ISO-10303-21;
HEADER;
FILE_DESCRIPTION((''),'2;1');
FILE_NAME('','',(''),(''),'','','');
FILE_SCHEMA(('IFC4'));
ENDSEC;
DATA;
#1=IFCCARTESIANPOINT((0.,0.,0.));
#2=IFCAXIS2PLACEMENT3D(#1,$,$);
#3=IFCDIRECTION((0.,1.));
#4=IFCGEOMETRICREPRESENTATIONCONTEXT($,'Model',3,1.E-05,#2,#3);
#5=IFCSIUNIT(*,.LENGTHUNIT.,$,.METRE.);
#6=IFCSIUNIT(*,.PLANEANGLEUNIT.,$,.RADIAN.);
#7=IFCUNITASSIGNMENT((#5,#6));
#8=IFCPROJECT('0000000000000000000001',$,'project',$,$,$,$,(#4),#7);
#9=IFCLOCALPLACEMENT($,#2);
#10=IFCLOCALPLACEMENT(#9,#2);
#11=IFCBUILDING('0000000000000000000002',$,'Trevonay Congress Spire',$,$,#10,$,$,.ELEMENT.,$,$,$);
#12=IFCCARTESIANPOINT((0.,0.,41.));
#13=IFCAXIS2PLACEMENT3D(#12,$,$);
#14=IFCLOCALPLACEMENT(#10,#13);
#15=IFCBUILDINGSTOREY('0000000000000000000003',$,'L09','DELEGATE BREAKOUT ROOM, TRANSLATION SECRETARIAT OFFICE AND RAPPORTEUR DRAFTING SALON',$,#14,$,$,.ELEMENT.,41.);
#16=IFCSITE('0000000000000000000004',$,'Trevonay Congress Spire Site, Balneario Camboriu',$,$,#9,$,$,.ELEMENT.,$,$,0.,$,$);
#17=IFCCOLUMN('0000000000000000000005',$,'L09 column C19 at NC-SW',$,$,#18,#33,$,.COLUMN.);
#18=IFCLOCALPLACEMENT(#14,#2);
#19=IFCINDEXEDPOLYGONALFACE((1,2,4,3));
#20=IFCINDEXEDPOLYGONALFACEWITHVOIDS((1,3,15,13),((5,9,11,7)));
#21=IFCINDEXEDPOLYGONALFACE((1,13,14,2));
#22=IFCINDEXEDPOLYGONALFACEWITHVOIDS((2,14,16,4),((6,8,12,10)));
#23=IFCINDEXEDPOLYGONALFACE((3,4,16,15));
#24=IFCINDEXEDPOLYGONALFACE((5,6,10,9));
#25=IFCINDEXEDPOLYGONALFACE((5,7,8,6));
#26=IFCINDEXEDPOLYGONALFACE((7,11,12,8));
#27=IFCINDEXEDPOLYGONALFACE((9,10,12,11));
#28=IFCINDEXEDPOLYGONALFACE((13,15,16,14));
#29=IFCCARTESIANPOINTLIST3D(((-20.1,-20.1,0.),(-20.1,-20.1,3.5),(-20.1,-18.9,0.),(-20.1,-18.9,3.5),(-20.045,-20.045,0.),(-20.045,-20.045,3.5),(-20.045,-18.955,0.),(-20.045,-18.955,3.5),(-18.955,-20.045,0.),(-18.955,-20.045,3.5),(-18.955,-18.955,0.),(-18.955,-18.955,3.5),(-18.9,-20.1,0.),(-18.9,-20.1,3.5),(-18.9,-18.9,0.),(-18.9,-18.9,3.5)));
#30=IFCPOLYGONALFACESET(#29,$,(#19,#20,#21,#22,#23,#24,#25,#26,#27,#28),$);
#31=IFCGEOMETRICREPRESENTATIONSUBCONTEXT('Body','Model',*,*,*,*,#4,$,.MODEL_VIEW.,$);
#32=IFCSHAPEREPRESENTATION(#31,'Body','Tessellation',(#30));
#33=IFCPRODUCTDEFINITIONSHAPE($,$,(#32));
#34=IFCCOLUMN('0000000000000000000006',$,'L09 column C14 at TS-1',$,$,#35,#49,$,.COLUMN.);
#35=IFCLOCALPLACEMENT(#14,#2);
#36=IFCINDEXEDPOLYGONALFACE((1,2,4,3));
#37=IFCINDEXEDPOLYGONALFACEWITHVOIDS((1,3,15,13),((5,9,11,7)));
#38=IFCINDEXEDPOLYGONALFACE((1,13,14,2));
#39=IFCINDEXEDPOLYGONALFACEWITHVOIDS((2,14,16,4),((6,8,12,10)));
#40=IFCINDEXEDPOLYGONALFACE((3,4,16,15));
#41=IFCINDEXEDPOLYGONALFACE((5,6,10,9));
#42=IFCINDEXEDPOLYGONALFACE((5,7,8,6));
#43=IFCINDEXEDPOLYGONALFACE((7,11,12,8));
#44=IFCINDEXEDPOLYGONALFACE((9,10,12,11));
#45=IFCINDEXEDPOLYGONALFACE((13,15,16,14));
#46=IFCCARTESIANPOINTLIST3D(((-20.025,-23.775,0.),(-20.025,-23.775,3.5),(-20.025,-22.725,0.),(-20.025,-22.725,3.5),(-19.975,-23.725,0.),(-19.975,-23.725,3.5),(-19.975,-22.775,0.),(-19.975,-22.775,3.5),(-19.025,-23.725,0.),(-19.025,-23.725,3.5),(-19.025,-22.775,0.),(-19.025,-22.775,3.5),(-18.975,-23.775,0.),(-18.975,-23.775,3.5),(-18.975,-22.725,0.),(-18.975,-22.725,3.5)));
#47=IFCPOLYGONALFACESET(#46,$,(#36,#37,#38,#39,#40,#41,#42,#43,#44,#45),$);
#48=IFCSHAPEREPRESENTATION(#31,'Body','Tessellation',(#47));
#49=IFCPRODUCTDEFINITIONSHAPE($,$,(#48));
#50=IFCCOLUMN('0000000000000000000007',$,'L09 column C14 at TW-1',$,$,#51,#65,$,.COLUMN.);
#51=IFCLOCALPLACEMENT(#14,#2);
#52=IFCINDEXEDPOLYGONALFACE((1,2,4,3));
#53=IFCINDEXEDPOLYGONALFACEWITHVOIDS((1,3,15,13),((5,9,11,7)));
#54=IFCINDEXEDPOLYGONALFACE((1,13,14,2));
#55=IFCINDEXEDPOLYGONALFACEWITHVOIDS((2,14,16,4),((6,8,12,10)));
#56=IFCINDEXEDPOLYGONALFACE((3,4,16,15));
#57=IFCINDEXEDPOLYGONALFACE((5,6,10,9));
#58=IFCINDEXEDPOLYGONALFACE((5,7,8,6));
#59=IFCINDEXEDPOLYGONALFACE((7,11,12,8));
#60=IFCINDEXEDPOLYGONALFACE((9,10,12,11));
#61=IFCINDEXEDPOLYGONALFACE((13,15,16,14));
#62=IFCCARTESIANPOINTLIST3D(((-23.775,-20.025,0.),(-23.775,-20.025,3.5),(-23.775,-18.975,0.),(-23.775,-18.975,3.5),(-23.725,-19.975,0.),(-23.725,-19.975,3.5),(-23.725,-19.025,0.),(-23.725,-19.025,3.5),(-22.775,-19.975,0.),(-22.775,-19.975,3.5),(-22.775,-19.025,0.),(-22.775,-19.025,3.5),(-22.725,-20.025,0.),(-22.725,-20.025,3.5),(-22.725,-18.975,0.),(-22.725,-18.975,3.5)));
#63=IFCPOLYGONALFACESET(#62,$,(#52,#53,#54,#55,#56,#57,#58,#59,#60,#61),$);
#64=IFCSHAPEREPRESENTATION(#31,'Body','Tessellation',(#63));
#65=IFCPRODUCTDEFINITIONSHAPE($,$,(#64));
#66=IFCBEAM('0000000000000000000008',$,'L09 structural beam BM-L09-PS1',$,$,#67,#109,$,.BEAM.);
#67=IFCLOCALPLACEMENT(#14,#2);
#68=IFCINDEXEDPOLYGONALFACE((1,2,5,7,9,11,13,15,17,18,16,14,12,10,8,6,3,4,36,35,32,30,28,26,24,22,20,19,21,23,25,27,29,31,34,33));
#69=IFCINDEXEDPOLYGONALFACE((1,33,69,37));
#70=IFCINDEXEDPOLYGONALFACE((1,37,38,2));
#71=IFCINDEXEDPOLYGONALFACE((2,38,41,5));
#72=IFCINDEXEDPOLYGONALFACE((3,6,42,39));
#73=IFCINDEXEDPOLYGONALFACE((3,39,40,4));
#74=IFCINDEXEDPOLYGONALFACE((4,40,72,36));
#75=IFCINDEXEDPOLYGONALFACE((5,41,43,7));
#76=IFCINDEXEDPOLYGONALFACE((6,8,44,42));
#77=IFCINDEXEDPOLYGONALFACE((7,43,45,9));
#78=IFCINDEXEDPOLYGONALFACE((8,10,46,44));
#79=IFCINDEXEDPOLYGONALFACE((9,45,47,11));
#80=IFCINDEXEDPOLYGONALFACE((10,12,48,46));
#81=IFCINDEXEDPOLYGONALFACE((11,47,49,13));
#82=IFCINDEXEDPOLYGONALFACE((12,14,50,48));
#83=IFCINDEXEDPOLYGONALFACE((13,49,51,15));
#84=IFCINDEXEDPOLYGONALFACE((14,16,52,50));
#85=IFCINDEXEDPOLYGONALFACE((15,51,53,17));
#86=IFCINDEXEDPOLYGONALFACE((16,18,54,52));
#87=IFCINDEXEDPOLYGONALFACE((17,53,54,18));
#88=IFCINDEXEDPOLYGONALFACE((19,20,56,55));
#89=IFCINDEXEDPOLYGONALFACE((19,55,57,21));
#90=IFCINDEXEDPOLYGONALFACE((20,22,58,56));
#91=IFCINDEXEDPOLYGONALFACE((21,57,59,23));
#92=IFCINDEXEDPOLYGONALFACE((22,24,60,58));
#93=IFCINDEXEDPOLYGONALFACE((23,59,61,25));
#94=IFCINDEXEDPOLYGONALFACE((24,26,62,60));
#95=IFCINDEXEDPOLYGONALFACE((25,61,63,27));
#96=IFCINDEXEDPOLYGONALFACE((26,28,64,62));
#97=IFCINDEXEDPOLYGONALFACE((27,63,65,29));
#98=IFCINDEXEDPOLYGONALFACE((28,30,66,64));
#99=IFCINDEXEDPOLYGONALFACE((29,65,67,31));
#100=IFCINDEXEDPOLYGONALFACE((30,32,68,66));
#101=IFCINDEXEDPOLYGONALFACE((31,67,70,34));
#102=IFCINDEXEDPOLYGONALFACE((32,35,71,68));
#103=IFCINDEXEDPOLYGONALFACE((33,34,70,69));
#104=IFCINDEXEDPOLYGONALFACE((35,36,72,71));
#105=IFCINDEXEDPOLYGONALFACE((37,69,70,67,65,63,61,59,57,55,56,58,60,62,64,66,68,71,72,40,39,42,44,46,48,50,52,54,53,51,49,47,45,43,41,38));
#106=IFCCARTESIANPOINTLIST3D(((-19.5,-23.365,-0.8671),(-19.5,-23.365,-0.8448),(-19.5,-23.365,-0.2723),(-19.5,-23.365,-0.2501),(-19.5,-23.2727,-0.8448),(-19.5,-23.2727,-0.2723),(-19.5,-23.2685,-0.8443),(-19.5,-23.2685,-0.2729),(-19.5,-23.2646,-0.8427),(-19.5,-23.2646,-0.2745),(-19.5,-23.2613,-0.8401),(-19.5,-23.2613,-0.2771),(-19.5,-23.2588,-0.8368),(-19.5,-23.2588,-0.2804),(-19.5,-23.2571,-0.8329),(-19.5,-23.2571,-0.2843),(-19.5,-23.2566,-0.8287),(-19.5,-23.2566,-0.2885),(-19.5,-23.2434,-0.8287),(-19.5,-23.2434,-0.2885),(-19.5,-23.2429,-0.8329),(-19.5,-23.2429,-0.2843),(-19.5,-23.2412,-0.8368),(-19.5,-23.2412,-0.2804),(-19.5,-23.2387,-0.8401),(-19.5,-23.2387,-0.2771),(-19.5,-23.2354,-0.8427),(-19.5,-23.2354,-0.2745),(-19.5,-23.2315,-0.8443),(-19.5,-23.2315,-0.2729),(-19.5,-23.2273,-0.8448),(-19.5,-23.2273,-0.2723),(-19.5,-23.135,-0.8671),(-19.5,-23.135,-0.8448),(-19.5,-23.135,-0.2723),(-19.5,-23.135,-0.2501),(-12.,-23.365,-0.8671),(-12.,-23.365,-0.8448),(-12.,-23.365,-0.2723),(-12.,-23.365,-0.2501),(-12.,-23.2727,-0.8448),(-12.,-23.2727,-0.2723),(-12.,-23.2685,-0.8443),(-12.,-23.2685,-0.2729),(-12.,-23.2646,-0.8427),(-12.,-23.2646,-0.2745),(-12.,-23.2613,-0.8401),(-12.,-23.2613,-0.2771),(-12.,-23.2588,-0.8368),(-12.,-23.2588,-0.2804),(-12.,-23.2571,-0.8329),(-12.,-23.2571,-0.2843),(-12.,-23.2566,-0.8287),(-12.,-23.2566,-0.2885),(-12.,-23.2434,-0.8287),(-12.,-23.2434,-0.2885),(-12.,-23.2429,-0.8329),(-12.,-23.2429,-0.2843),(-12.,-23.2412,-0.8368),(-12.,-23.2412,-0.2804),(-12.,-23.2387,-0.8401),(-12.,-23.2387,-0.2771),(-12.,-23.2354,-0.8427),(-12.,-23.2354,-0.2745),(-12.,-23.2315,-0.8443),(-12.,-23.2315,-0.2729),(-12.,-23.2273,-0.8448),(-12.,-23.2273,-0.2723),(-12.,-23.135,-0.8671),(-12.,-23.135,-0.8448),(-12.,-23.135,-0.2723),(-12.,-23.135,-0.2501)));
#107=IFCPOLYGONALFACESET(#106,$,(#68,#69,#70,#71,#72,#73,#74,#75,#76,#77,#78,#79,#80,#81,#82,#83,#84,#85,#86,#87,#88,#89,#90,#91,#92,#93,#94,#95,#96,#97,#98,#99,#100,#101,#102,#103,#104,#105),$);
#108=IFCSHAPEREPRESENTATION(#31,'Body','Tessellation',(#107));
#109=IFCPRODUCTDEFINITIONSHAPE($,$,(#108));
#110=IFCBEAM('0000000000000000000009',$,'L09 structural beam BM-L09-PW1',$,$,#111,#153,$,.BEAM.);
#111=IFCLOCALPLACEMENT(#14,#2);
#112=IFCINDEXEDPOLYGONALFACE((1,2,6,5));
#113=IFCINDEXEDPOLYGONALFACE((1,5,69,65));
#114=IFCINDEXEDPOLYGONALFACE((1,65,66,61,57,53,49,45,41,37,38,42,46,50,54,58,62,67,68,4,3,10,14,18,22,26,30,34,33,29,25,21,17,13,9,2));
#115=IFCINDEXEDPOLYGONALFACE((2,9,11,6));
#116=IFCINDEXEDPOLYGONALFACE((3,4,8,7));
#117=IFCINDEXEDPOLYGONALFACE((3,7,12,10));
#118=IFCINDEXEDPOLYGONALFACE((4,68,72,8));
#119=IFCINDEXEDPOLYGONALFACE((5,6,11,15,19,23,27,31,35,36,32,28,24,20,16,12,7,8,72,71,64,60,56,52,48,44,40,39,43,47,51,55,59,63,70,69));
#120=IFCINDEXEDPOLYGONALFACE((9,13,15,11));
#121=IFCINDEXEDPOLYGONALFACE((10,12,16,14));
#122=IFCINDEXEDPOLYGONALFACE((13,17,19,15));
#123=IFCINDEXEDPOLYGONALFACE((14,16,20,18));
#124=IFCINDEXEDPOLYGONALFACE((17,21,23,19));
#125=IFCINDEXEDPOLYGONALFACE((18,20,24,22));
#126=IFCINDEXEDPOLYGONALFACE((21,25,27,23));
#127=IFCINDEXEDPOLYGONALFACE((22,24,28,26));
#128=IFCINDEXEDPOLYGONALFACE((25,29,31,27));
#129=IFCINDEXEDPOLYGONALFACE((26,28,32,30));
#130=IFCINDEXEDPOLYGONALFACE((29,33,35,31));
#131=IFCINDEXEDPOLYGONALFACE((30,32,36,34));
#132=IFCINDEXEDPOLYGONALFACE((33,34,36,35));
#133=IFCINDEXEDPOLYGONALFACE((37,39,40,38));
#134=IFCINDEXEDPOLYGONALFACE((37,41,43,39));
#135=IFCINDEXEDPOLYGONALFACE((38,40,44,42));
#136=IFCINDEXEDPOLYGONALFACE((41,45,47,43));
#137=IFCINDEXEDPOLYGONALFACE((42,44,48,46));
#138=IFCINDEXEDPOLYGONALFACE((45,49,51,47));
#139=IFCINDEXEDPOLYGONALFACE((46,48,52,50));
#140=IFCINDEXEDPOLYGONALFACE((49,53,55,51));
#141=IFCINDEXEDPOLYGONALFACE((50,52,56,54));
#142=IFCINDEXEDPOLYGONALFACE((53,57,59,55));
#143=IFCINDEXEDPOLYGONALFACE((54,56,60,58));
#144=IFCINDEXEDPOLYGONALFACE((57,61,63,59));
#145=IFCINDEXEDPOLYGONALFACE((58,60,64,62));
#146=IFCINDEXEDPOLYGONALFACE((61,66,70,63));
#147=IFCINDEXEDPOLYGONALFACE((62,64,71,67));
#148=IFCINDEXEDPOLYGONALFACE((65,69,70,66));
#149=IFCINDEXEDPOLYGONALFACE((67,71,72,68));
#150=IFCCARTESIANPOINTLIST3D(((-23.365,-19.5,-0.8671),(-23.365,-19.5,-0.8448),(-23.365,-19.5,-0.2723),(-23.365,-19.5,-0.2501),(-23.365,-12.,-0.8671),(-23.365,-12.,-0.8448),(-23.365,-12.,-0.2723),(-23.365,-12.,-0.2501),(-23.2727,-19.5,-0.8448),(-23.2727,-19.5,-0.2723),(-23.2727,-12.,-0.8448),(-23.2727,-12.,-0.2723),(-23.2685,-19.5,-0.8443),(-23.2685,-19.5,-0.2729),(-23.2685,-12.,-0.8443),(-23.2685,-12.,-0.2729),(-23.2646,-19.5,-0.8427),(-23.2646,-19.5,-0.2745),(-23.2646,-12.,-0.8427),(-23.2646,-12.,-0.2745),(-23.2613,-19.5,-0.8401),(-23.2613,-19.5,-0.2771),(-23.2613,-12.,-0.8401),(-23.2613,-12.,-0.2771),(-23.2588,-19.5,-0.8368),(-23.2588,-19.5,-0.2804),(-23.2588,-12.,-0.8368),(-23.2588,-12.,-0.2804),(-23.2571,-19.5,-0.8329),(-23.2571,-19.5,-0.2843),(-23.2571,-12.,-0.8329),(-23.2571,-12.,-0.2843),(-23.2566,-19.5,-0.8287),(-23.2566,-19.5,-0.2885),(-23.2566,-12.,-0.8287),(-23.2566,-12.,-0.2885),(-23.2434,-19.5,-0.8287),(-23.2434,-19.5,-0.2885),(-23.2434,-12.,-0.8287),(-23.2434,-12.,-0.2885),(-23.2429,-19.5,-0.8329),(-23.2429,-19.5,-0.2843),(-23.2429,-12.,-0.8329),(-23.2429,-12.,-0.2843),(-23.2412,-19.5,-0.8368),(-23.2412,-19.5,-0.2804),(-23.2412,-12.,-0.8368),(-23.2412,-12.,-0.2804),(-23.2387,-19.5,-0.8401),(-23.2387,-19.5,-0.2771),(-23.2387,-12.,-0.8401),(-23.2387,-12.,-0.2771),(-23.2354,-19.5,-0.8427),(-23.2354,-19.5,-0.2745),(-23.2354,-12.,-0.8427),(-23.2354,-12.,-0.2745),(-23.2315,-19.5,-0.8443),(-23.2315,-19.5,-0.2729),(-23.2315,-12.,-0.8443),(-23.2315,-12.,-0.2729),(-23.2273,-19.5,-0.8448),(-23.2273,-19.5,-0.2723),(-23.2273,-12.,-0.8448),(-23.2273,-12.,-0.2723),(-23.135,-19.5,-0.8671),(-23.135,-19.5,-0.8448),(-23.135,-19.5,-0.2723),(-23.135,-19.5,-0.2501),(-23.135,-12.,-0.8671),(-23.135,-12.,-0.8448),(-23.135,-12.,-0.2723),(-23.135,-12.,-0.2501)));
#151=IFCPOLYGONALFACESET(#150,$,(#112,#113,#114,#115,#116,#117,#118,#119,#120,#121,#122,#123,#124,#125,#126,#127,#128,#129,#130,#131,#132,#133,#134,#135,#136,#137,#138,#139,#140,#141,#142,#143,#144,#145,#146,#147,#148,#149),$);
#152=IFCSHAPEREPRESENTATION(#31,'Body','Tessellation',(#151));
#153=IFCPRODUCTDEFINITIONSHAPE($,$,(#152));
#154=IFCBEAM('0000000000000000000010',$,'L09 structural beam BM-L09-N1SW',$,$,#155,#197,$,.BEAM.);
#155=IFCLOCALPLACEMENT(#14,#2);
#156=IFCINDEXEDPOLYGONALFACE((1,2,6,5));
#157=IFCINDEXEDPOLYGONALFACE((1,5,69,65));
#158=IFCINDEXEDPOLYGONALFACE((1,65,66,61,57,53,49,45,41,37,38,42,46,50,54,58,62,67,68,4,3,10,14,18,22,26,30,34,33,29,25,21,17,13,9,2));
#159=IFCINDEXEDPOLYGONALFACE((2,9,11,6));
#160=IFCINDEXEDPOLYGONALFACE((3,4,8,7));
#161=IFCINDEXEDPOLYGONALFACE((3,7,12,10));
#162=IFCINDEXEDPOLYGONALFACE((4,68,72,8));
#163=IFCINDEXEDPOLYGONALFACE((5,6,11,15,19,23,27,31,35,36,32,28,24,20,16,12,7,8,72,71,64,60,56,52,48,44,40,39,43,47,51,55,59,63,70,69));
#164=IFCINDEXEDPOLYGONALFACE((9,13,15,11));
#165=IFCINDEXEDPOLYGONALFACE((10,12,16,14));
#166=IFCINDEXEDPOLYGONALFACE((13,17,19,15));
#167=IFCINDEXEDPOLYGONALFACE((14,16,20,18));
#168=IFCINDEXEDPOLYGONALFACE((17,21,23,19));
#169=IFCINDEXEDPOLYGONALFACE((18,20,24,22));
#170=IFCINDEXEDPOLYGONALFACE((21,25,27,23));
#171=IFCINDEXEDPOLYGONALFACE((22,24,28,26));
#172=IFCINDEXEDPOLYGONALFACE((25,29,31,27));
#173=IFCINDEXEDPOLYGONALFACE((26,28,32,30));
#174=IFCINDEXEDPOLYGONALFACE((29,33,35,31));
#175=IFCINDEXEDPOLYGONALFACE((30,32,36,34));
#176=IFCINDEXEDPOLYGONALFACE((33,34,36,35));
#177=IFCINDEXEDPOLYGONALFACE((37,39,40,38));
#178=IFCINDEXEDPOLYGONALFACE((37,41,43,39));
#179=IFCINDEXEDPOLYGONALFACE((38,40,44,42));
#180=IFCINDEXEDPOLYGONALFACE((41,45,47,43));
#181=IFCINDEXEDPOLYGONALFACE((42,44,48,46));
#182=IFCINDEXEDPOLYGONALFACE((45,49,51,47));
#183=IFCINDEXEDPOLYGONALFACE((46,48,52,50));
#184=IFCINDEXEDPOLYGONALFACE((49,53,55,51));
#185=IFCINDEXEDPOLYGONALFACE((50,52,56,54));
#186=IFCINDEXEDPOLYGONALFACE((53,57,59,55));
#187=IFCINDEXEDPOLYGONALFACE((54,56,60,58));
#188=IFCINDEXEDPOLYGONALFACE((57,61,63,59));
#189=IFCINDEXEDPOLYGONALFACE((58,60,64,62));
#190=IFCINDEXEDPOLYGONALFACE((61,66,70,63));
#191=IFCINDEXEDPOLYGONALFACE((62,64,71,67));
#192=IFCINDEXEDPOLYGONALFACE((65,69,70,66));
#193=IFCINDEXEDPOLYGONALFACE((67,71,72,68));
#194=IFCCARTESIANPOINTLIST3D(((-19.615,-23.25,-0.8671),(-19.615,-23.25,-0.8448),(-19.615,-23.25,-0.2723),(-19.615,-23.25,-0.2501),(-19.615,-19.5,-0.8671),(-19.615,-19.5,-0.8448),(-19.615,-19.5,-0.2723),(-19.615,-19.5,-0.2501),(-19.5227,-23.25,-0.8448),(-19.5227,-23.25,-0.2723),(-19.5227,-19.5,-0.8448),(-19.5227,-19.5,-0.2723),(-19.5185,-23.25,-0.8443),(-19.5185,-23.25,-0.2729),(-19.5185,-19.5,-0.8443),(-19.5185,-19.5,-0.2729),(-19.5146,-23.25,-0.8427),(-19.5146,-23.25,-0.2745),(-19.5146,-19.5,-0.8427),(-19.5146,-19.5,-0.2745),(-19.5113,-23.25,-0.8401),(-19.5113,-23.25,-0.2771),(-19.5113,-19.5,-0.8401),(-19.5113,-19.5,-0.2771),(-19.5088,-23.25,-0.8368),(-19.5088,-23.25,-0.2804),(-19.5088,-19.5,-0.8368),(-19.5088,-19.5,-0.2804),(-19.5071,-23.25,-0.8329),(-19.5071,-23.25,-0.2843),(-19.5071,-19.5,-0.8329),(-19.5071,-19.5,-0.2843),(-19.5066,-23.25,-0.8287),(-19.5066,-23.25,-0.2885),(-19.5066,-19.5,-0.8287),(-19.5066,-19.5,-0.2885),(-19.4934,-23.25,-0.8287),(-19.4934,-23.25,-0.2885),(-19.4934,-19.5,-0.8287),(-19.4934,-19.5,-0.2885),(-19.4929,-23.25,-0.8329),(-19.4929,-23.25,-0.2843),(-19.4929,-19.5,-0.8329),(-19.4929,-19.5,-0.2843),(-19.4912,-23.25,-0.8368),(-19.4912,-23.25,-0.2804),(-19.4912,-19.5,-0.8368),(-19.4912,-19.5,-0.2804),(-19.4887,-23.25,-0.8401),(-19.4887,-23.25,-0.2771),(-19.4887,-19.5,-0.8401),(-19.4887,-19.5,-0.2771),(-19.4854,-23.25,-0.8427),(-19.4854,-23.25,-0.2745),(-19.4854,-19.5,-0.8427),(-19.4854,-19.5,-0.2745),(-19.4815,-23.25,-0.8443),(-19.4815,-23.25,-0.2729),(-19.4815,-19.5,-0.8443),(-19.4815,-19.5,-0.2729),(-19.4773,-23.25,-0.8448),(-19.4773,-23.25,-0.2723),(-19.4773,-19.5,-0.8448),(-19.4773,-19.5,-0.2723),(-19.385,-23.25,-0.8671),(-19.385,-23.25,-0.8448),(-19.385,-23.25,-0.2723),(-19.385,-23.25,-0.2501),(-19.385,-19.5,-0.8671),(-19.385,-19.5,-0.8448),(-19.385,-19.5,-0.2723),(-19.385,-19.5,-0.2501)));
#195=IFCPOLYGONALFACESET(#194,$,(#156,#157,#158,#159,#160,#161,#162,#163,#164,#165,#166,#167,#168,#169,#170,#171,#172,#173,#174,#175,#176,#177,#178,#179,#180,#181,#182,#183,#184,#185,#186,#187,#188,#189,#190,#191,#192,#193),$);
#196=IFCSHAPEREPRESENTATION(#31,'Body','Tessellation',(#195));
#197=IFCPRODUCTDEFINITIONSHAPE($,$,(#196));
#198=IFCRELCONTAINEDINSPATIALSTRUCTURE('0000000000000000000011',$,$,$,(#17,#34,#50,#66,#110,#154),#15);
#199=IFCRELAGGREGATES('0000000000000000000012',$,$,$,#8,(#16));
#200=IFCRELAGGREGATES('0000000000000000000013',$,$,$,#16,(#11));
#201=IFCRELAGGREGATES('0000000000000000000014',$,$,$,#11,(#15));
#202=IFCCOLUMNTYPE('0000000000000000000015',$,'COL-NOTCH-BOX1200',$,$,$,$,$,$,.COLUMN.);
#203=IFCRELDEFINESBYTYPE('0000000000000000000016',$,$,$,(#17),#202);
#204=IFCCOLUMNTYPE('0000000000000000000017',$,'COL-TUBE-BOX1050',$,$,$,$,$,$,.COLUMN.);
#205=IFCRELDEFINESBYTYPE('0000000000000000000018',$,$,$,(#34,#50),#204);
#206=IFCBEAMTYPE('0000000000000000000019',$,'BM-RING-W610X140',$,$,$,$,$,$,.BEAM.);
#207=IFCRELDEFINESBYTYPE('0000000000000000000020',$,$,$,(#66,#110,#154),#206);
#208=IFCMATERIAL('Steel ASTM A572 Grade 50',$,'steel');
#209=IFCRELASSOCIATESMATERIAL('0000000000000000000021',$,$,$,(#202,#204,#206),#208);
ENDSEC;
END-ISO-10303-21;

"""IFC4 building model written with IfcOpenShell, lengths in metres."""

from ifc_helpers import new_model, si_unit, direction, frame, origin, origin_2d, place, context, subcontext, project, spatial, hollow_rectangle, i_section, extrude, material, material_profile, profile_set, type_object, element, save


model = new_model("IFC4")

# Units and contexts
model_context = context("Model", 3, precision=1e-05, world=origin(), true_north=direction((0.0, 1.0)))
body_context = subcontext(model_context, "Body", "Model", "MODEL_VIEW")
ifc_project = project(units=[si_unit("LENGTHUNIT", "METRE"), si_unit("PLANEANGLEUNIT", "RADIAN")], contexts=[model_context])

# Site, building, storey
site_placement = place(None, origin())
site = spatial("IfcSite", under=ifc_project, at=site_placement, Name="Trevonay Congress Spire Site, Balneario Camboriu", CompositionType="ELEMENT", RefElevation=0.0)
building_placement = place(site_placement, origin())
building = spatial("IfcBuilding", under=site, at=building_placement, Name="Trevonay Congress Spire", CompositionType="ELEMENT")
storey_placement = place(building_placement, frame((0.0, 0.0, 41.0)))
storey = spatial("IfcBuildingStorey", under=building, at=storey_placement, Name="L09", Description="DELEGATE BREAKOUT ROOM, TRANSLATION SECRETARIAT OFFICE AND RAPPORTEUR DRAFTING SALON", CompositionType="ELEMENT", Elevation=41.0)

# Columns
ifc_material_1 = material(Name="Steel ASTM A572 Grade 50", Category="steel")
ifc_material_profile_1 = material_profile(ifc_material_1, hollow_rectangle(XDim=1.2, YDim=1.2, WallThickness=0.0549, at=origin_2d()), Name="BOX 1200x1200x55")
ifc_profile_set_1 = profile_set([ifc_material_profile_1], Name="Steel ASTM A572 Grade 50")
column_type_1 = type_object("IfcColumnType", Name="COL-NOTCH-BOX1200", PredefinedType="COLUMN", material=ifc_profile_set_1)
column_placement = place(storey_placement, frame((-19.5, -19.5, 0.0), z_axis=(0.0, 0.0, 1.0), x_axis=(1.0, 0.0, 0.0)))
element("IfcColumn", 1, at=column_placement, inside=storey, type_object=column_type_1, Name="L09 column C19 at NC-SW", PredefinedType="COLUMN", context=body_context, shape_type="SweptSolid", body=[
    extrude(hollow_rectangle(XDim=1.2, YDim=1.2, WallThickness=0.0549, at=origin_2d()), origin(), (0.0, 0.0, 1.0), 3.5),
])
ifc_material_profile_2 = material_profile(ifc_material_1, hollow_rectangle(XDim=1.05, YDim=1.05, WallThickness=0.05, at=origin_2d()), Name="BOX 1050x1050x50")
ifc_profile_set_2 = profile_set([ifc_material_profile_2], Name="Steel ASTM A572 Grade 50")
column_type_2 = type_object("IfcColumnType", Name="COL-TUBE-BOX1050", PredefinedType="COLUMN", material=ifc_profile_set_2)
for number, where, z_axis, x_axis, name in (
    (2, (-19.5, -23.25, 0.0), (0.0, 0.0, 1.0), (1.0, 0.0, 0.0), "L09 column C14 at TS-1"),
    (3, (-23.25, -19.5, 0.0), (0.0, 0.0, 1.0), (1.0, 0.0, 0.0), "L09 column C14 at TW-1"),
):
    element("IfcColumn", number, at=place(storey_placement, frame(where, z_axis=z_axis, x_axis=x_axis)), inside=storey, type_object=column_type_2, Name=name, PredefinedType="COLUMN", context=body_context, shape_type="SweptSolid", body=[
        extrude(hollow_rectangle(XDim=1.05, YDim=1.05, WallThickness=0.05, at=origin_2d()), origin(), (0.0, 0.0, 1.0), 3.5),
    ])

# Beams
ifc_material_profile_3 = material_profile(ifc_material_1, i_section(OverallWidth=0.23, OverallDepth=0.6169, WebThickness=0.0132, FlangeThickness=0.0222, FilletRadius=0.0161, at=origin_2d()), Name="W610x140")
ifc_profile_set_3 = profile_set([ifc_material_profile_3], Name="Steel ASTM A572 Grade 50")
beam_type_1 = type_object("IfcBeamType", Name="BM-RING-W610X140", PredefinedType="BEAM", material=ifc_profile_set_3)
for number, where, z_axis, x_axis, name in (
    (4, (-19.5, -23.25, -0.5586), (1.0, 0.0, 0.0), (0.0, 1.0, 0.0), "L09 structural beam BM-L09-PS1"),
    (5, (-23.25, -19.5, -0.5586), (0.0, 1.0, 0.0), (-1.0, 0.0, 0.0), "L09 structural beam BM-L09-PW1"),
):
    element("IfcBeam", number, at=place(storey_placement, frame(where, z_axis=z_axis, x_axis=x_axis)), inside=storey, type_object=beam_type_1, Name=name, PredefinedType="BEAM", context=body_context, shape_type="SweptSolid", body=[
        extrude(i_section(OverallWidth=0.23, OverallDepth=0.6169, WebThickness=0.0132, FlangeThickness=0.0222, FilletRadius=0.0161, at=origin_2d()), origin(), (0.0, 0.0, 1.0), 7.5),
    ])
for number, where, z_axis, x_axis, name in (
    (6, (-19.5, -23.25, -0.5586), (0.0, 1.0, 0.0), (-1.0, 0.0, 0.0), "L09 structural beam BM-L09-N1SW"),
):
    element("IfcBeam", number, at=place(storey_placement, frame(where, z_axis=z_axis, x_axis=x_axis)), inside=storey, type_object=beam_type_1, Name=name, PredefinedType="BEAM", context=body_context, shape_type="SweptSolid", body=[
        extrude(i_section(OverallWidth=0.23, OverallDepth=0.6169, WebThickness=0.0132, FlangeThickness=0.0222, FilletRadius=0.0161, at=origin_2d()), origin(), (0.0, 0.0, 1.0), 3.75),
    ])

save(model, "model.ifc")
